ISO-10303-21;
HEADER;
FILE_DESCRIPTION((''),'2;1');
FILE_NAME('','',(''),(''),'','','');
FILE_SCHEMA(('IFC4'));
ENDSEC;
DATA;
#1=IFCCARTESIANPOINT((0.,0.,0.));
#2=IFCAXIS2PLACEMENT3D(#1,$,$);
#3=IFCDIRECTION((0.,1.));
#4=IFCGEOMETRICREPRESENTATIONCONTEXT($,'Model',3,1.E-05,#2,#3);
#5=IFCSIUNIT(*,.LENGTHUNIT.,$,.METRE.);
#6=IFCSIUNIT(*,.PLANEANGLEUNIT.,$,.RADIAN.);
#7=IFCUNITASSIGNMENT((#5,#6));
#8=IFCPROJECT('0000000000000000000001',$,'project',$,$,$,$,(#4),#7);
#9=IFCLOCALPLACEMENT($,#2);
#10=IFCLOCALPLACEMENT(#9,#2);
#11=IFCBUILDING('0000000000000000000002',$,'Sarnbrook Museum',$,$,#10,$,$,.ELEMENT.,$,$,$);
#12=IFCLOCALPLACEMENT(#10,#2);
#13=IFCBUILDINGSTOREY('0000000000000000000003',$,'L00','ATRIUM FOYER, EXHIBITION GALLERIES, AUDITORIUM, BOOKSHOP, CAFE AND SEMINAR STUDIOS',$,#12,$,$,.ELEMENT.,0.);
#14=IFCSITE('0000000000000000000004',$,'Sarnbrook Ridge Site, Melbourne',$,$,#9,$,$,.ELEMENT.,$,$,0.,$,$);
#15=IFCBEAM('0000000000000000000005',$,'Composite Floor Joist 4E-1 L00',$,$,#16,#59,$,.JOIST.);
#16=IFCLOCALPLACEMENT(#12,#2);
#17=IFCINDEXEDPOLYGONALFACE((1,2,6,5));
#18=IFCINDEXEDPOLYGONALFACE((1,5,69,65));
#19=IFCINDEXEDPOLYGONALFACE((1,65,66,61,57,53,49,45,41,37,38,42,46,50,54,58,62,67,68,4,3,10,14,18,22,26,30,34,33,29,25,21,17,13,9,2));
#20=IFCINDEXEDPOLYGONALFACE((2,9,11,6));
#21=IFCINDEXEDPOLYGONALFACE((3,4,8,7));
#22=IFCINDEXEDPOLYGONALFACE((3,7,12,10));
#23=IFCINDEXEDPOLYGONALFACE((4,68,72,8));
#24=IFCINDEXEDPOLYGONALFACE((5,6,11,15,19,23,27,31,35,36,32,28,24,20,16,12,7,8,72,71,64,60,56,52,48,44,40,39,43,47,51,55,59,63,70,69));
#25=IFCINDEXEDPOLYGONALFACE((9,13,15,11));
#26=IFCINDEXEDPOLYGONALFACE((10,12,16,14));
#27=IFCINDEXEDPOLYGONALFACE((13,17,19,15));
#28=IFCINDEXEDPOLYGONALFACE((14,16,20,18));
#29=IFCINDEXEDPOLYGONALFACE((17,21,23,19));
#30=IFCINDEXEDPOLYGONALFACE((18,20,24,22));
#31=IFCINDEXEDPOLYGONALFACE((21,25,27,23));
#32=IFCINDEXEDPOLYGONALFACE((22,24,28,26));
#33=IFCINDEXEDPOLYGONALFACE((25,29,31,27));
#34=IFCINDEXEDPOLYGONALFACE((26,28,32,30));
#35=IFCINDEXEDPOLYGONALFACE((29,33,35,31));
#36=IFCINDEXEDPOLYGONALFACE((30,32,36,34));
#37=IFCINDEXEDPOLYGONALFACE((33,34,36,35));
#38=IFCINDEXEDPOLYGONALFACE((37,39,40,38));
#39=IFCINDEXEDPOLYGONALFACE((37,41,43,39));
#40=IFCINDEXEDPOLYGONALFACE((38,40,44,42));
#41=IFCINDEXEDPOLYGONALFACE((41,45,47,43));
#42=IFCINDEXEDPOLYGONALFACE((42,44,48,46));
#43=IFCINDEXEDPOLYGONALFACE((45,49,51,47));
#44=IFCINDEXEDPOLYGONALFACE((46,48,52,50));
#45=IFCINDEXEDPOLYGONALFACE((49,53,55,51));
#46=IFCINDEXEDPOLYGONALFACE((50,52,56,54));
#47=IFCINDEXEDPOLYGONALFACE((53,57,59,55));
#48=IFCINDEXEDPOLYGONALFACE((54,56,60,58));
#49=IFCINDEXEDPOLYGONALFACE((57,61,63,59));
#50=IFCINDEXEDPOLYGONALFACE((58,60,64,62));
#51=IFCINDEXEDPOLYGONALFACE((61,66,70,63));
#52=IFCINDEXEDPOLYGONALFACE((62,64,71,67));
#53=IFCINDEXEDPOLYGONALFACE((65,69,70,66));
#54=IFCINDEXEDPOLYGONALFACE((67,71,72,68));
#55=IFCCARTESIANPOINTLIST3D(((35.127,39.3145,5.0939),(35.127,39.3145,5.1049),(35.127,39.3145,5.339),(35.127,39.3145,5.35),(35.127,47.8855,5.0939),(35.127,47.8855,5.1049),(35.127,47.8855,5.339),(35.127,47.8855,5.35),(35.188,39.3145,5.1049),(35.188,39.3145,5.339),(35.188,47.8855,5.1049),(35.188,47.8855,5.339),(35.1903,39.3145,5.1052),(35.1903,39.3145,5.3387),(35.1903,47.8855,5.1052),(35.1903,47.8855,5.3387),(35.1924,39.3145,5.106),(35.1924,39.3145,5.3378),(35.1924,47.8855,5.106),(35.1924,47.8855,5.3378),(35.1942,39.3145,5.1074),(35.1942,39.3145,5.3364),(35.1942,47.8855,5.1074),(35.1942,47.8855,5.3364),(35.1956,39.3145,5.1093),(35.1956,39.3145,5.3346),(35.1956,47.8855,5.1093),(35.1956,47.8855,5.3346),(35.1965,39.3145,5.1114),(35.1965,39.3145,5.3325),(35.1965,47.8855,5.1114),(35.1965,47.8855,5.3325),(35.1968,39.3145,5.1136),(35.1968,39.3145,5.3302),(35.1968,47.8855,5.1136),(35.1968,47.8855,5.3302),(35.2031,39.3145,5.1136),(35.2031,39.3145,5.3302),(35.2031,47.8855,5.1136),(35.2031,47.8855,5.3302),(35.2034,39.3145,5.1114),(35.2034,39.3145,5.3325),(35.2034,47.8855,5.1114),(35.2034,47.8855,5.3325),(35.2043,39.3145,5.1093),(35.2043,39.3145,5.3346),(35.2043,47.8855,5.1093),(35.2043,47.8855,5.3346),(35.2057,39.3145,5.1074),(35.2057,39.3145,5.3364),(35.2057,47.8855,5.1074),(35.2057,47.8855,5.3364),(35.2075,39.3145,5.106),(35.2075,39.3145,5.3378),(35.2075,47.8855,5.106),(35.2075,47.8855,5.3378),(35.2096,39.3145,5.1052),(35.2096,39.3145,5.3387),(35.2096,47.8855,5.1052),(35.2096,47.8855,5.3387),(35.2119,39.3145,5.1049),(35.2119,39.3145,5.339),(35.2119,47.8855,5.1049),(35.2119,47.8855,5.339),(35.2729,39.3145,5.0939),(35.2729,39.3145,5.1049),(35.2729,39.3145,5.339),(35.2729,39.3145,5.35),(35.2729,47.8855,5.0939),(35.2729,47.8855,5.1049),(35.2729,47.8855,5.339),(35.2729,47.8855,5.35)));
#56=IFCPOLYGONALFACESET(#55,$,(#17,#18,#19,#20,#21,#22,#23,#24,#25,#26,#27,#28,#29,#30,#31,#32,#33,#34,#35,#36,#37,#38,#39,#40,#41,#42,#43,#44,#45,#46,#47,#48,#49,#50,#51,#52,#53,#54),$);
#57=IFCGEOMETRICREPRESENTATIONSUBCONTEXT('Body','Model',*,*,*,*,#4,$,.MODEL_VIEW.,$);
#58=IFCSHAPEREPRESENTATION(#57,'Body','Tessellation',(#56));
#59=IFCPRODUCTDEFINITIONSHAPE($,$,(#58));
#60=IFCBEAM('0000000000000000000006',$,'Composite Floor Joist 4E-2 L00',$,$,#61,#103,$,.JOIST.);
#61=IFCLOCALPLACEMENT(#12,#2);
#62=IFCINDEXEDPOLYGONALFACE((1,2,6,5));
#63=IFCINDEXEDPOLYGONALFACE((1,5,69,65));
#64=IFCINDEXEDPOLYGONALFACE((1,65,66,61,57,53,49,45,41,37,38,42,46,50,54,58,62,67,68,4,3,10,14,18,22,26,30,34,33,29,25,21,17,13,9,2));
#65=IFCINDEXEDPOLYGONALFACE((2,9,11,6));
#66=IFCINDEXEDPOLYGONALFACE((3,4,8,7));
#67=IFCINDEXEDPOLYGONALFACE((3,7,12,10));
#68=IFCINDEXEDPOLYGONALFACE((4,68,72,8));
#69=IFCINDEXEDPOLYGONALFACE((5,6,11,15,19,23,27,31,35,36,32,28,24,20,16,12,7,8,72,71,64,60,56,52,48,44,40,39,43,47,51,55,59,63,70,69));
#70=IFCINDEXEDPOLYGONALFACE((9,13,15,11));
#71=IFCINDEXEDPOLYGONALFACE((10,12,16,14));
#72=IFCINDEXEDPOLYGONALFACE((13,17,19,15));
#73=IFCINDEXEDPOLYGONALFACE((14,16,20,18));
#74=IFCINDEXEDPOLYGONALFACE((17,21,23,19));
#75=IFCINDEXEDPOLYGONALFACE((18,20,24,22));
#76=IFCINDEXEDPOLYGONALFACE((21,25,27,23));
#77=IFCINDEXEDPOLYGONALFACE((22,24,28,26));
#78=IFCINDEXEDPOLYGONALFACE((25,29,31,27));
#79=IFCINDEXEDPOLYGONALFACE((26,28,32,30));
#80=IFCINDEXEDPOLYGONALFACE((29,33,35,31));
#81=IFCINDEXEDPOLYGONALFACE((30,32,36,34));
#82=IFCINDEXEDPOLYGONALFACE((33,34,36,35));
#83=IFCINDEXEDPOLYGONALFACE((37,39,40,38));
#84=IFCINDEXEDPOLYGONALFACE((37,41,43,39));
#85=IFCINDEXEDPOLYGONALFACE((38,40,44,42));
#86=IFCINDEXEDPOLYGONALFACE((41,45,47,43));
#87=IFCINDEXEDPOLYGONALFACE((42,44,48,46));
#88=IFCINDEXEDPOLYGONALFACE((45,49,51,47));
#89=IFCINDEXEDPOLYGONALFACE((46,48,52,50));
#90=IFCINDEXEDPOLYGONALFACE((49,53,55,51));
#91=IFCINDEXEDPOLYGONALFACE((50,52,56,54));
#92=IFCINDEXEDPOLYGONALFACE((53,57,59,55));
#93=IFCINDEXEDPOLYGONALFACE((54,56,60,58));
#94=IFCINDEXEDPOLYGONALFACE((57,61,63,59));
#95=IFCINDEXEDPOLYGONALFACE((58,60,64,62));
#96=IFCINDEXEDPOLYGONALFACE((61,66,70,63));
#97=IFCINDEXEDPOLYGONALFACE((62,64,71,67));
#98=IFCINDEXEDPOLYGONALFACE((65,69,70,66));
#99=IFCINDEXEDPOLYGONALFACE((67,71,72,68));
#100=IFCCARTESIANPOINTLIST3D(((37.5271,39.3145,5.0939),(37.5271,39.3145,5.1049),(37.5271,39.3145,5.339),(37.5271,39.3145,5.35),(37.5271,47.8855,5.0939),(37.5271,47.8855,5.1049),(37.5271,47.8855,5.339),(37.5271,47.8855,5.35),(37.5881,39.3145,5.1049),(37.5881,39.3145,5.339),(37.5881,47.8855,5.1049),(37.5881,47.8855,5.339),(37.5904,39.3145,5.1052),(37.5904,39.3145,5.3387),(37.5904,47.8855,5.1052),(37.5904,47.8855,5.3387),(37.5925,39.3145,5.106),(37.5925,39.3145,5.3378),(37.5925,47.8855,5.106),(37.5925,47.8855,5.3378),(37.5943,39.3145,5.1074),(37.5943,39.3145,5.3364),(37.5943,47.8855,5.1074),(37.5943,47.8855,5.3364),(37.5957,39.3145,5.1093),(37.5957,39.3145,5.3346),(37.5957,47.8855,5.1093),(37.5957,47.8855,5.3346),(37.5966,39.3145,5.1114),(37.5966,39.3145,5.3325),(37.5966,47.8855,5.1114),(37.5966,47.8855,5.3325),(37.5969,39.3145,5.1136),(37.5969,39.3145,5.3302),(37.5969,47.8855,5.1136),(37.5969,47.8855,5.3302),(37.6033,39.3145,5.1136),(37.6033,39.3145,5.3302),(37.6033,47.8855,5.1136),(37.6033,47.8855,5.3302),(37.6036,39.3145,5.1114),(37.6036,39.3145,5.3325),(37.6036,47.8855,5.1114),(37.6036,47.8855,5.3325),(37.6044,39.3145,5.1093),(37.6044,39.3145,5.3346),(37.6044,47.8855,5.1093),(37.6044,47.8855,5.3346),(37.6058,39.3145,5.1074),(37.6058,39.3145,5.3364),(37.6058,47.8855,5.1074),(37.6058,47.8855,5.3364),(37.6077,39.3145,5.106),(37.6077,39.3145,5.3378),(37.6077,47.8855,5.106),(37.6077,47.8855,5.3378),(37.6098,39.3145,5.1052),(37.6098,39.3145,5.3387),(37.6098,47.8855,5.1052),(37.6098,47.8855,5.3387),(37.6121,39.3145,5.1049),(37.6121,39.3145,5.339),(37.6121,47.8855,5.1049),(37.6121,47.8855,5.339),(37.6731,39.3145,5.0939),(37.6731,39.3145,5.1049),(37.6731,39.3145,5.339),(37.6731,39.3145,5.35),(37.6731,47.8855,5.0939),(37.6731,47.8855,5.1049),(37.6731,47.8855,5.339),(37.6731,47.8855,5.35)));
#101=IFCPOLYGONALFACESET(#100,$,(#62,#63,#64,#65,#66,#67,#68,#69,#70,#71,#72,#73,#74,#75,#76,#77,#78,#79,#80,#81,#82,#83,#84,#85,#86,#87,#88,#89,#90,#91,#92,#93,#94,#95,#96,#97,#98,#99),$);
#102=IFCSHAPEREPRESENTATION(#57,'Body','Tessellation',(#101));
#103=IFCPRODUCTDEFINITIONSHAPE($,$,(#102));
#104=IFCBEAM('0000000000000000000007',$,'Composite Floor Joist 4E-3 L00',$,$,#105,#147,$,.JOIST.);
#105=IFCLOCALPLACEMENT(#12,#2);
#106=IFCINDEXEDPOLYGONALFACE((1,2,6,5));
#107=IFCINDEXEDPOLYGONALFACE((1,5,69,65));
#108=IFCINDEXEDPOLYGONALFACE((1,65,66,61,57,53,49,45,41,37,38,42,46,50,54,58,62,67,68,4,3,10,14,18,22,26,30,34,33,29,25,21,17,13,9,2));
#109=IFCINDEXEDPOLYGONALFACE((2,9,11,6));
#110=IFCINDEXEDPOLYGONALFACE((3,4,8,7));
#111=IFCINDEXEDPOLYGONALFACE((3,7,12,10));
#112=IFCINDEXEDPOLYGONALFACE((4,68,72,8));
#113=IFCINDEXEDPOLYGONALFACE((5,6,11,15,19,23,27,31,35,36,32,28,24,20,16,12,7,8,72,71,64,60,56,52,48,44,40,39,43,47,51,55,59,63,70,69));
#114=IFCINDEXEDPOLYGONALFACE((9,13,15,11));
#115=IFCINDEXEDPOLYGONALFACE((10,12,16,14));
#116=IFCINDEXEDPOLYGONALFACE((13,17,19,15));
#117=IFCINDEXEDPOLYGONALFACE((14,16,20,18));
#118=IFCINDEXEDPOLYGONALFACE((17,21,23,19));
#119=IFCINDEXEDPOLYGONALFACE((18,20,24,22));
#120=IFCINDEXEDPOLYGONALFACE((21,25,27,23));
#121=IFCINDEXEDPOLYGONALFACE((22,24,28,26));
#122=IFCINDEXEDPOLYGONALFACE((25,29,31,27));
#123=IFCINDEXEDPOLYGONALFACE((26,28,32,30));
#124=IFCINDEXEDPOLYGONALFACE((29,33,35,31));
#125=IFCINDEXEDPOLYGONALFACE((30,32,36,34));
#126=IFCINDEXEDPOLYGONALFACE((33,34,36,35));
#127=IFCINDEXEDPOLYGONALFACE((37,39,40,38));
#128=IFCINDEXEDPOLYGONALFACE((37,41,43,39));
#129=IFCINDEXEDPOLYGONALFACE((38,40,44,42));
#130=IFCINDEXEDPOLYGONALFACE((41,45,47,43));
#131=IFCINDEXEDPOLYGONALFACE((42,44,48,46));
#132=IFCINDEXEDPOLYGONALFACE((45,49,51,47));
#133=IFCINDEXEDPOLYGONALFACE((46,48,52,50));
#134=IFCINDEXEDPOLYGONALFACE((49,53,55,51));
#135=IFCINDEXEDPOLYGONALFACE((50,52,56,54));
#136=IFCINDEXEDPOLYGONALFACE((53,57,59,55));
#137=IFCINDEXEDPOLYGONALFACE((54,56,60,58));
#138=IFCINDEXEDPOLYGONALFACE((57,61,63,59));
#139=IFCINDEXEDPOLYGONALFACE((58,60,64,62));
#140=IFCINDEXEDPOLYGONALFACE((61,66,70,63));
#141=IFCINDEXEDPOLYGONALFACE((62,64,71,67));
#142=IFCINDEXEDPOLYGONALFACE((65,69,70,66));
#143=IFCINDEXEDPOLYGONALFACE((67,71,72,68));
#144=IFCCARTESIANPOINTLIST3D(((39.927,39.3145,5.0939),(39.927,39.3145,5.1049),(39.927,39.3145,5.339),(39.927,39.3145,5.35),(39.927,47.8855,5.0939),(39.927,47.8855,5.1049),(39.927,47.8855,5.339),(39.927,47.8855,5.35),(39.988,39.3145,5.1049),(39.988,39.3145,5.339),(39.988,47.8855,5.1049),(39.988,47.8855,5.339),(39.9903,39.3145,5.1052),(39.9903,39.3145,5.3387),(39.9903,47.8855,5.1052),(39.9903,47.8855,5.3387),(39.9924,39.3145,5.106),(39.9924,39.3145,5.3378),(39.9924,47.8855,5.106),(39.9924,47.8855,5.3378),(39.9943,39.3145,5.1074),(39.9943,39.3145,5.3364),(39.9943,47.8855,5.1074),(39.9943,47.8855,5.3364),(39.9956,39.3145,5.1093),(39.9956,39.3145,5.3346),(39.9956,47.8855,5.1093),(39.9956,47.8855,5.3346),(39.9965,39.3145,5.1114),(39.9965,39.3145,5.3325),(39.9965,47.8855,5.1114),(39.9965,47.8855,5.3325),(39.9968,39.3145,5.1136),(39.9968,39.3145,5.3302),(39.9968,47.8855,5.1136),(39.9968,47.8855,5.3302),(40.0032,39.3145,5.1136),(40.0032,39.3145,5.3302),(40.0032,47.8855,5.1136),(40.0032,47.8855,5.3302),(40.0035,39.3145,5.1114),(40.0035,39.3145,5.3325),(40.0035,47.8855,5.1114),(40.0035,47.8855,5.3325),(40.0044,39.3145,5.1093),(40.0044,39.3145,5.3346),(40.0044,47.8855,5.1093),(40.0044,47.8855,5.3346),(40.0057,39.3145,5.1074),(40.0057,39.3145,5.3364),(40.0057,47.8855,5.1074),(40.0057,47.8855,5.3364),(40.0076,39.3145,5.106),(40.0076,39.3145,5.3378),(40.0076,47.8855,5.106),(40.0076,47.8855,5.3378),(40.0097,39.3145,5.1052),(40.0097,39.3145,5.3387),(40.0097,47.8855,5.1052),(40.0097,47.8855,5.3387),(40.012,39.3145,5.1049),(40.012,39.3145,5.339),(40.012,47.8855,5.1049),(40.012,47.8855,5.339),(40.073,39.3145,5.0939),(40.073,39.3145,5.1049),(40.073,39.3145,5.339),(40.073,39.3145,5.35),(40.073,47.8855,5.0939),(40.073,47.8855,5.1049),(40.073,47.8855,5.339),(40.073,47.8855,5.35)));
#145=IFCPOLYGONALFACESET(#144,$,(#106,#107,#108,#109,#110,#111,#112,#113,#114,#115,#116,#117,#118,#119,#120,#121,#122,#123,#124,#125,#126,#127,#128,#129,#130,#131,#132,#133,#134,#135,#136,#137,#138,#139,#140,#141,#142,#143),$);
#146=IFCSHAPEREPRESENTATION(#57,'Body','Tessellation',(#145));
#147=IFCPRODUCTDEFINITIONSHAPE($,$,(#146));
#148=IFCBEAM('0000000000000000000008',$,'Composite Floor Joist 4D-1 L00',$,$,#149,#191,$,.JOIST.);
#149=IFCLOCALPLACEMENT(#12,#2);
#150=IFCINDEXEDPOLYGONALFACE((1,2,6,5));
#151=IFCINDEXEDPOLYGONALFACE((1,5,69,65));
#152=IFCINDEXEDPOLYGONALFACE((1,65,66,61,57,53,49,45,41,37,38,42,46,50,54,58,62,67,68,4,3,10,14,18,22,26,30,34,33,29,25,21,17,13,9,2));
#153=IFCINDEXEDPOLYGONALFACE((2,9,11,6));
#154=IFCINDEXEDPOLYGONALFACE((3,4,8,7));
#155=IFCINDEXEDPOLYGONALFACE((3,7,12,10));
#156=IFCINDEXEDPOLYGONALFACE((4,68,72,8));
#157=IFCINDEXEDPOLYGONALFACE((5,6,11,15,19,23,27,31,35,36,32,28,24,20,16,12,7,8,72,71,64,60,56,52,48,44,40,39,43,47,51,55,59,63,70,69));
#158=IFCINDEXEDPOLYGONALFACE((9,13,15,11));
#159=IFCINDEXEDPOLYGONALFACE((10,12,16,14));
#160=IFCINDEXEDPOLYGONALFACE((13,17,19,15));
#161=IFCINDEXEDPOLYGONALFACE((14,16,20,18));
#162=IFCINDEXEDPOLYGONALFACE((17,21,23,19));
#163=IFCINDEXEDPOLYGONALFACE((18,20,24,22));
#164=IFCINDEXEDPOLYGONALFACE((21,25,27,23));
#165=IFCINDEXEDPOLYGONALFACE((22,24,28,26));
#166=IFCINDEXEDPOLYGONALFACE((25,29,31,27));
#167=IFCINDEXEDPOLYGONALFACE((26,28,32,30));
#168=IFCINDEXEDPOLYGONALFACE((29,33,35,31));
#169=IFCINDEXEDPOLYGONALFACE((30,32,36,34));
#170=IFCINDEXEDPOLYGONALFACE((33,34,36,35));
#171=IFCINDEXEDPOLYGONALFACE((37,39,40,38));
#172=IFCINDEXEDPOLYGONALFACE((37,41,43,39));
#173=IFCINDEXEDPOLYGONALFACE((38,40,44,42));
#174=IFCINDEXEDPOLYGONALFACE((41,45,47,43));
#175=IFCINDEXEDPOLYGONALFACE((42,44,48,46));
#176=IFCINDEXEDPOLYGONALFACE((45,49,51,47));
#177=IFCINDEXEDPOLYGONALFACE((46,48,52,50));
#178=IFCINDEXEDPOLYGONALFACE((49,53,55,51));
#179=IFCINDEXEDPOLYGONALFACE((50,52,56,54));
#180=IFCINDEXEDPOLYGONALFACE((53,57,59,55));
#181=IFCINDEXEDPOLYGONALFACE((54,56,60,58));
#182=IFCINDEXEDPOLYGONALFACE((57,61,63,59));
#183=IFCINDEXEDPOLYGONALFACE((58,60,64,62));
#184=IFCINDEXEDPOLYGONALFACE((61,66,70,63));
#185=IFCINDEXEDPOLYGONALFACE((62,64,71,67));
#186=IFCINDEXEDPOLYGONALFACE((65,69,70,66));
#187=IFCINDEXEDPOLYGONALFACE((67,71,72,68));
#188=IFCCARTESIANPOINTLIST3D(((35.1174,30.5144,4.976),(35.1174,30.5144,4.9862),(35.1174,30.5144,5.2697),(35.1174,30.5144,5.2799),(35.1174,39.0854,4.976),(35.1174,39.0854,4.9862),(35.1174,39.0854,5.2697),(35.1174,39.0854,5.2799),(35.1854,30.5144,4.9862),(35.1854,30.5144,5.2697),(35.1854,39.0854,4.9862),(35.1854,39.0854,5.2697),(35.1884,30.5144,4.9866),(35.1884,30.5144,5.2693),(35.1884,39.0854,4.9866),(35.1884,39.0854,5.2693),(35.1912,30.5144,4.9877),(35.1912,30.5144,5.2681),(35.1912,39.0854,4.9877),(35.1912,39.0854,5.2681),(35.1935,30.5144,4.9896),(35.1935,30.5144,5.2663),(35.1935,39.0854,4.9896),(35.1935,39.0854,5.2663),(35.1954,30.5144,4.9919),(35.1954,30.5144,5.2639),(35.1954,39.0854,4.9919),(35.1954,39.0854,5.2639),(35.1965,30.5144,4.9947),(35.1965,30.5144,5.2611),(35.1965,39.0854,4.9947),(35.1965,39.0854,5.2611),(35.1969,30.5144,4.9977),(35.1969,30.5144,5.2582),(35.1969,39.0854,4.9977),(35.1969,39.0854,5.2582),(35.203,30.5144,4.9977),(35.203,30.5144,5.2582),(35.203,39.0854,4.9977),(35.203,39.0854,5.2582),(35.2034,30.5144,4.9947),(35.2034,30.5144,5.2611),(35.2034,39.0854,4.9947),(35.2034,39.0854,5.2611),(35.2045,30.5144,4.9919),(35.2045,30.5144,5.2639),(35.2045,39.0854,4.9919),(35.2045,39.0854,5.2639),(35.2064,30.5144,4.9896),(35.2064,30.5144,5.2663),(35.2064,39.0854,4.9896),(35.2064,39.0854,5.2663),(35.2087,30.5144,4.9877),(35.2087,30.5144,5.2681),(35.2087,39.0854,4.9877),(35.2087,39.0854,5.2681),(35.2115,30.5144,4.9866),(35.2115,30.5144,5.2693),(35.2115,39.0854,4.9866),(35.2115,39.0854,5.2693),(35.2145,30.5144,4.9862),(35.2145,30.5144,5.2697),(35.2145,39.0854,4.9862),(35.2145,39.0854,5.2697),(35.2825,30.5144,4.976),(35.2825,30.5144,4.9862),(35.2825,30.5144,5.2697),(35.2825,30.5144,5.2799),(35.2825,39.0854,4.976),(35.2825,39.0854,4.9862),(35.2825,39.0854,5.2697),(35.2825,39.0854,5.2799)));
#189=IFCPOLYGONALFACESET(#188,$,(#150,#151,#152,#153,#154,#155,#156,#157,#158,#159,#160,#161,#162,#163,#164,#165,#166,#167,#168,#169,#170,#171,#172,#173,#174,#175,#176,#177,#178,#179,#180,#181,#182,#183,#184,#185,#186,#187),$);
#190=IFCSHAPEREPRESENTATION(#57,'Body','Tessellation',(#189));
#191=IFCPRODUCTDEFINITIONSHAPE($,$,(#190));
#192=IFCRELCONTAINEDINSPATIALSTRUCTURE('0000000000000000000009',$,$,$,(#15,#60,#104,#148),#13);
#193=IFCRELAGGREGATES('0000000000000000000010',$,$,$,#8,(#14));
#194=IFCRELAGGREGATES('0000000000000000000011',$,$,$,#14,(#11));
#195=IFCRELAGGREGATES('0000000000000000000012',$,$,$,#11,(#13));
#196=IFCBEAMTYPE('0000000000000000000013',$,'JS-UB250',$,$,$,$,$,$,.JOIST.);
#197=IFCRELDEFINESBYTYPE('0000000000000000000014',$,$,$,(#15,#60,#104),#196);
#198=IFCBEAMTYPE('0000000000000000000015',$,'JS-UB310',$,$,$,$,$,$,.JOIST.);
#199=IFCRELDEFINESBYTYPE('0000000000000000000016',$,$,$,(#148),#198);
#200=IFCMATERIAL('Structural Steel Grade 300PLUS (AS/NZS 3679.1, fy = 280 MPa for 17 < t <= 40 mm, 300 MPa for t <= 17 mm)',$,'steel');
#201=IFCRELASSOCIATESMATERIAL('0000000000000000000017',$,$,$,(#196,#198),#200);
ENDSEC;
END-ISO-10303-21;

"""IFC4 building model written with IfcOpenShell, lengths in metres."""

from ifc_helpers import new_model, si_unit, direction, frame, origin, origin_2d, place, context, subcontext, project, spatial, i_section, extrude, material, material_profile, profile_set, type_object, element, save


model = new_model("IFC4")

# Units and contexts
model_context = context("Model", 3, precision=1e-05, world=origin(), true_north=direction((0.0, 1.0)))
body_context = subcontext(model_context, "Body", "Model", "MODEL_VIEW")
ifc_project = project(units=[si_unit("LENGTHUNIT", "METRE"), si_unit("PLANEANGLEUNIT", "RADIAN")], contexts=[model_context])

# Site, building, storey
site_placement = place(None, origin())
site = spatial("IfcSite", under=ifc_project, at=site_placement, Name="Sarnbrook Ridge Site, Melbourne", CompositionType="ELEMENT", RefElevation=0.0)
building_placement = place(site_placement, origin())
building = spatial("IfcBuilding", under=site, at=building_placement, Name="Sarnbrook Museum", CompositionType="ELEMENT")
storey_placement = place(building_placement, origin())
storey = spatial("IfcBuildingStorey", under=building, at=storey_placement, Name="L00", Description="ATRIUM FOYER, EXHIBITION GALLERIES, AUDITORIUM, BOOKSHOP, CAFE AND SEMINAR STUDIOS", CompositionType="ELEMENT", Elevation=0.0)

# Shared definitions
ifc_material = material(Name="Structural Steel Grade 300PLUS (AS/NZS 3679.1, fy = 280 MPa for 17 < t <= 40 mm, 300 MPa for t <= 17 mm)", Category="steel")

# Beams
ifc_material_profile_1 = material_profile(ifc_material, i_section(OverallWidth=0.146, OverallDepth=0.2561, WebThickness=0.0063, FlangeThickness=0.011, FilletRadius=0.0088, at=origin_2d()), Name="250UB37.3")
ifc_profile_set_1 = profile_set([ifc_material_profile_1], Name="Structural Steel Grade 300PLUS (AS/NZS 3679.1, fy = 280 MPa for 17 < t <= 40 mm, 300 MPa for t <= 17 mm)")
beam_type_1 = type_object("IfcBeamType", Name="JS-UB250", PredefinedType="JOIST", material=ifc_profile_set_1)
for number, where, z_axis, x_axis, name in (
    (1, (35.2, 39.3145, 5.2219), (0.0, 1.0, 0.0), (-1.0, 0.0, 0.0), "Composite Floor Joist 4E-1 L00"),
    (2, (37.6001, 39.3145, 5.2219), (0.0, 1.0, 0.0), (-1.0, 0.0, 0.0), "Composite Floor Joist 4E-2 L00"),
    (3, (40.0, 39.3145, 5.2219), (0.0, 1.0, 0.0), (-1.0, 0.0, 0.0), "Composite Floor Joist 4E-3 L00"),
):
    element("IfcBeam", number, at=place(storey_placement, frame(where, z_axis=z_axis, x_axis=x_axis)), inside=storey, type_object=beam_type_1, Name=name, PredefinedType="JOIST", context=body_context, shape_type="SweptSolid", body=[
        extrude(i_section(OverallWidth=0.146, OverallDepth=0.2561, WebThickness=0.0063, FlangeThickness=0.011, FilletRadius=0.0088, at=origin_2d()), origin(), (0.0, 0.0, 1.0), 8.571),
    ])
ifc_material_profile_2 = material_profile(ifc_material, i_section(OverallWidth=0.165, OverallDepth=0.304, WebThickness=0.0061, FlangeThickness=0.0103, FilletRadius=0.0115, at=origin_2d()), Name="310UB40.4")
ifc_profile_set_2 = profile_set([ifc_material_profile_2], Name="Structural Steel Grade 300PLUS (AS/NZS 3679.1, fy = 280 MPa for 17 < t <= 40 mm, 300 MPa for t <= 17 mm)")
beam_type_2 = type_object("IfcBeamType", Name="JS-UB310", PredefinedType="JOIST", material=ifc_profile_set_2)
for number, where, z_axis, x_axis, name in (
    (4, (35.2, 30.5144, 5.1279), (0.0, 1.0, 0.0), (-1.0, 0.0, 0.0), "Composite Floor Joist 4D-1 L00"),
):
    element("IfcBeam", number, at=place(storey_placement, frame(where, z_axis=z_axis, x_axis=x_axis)), inside=storey, type_object=beam_type_2, Name=name, PredefinedType="JOIST", context=body_context, shape_type="SweptSolid", body=[
        extrude(i_section(OverallWidth=0.165, OverallDepth=0.304, WebThickness=0.0061, FlangeThickness=0.0103, FilletRadius=0.0115, at=origin_2d()), origin(), (0.0, 0.0, 1.0), 8.571),
    ])

save(model, "model.ifc")
